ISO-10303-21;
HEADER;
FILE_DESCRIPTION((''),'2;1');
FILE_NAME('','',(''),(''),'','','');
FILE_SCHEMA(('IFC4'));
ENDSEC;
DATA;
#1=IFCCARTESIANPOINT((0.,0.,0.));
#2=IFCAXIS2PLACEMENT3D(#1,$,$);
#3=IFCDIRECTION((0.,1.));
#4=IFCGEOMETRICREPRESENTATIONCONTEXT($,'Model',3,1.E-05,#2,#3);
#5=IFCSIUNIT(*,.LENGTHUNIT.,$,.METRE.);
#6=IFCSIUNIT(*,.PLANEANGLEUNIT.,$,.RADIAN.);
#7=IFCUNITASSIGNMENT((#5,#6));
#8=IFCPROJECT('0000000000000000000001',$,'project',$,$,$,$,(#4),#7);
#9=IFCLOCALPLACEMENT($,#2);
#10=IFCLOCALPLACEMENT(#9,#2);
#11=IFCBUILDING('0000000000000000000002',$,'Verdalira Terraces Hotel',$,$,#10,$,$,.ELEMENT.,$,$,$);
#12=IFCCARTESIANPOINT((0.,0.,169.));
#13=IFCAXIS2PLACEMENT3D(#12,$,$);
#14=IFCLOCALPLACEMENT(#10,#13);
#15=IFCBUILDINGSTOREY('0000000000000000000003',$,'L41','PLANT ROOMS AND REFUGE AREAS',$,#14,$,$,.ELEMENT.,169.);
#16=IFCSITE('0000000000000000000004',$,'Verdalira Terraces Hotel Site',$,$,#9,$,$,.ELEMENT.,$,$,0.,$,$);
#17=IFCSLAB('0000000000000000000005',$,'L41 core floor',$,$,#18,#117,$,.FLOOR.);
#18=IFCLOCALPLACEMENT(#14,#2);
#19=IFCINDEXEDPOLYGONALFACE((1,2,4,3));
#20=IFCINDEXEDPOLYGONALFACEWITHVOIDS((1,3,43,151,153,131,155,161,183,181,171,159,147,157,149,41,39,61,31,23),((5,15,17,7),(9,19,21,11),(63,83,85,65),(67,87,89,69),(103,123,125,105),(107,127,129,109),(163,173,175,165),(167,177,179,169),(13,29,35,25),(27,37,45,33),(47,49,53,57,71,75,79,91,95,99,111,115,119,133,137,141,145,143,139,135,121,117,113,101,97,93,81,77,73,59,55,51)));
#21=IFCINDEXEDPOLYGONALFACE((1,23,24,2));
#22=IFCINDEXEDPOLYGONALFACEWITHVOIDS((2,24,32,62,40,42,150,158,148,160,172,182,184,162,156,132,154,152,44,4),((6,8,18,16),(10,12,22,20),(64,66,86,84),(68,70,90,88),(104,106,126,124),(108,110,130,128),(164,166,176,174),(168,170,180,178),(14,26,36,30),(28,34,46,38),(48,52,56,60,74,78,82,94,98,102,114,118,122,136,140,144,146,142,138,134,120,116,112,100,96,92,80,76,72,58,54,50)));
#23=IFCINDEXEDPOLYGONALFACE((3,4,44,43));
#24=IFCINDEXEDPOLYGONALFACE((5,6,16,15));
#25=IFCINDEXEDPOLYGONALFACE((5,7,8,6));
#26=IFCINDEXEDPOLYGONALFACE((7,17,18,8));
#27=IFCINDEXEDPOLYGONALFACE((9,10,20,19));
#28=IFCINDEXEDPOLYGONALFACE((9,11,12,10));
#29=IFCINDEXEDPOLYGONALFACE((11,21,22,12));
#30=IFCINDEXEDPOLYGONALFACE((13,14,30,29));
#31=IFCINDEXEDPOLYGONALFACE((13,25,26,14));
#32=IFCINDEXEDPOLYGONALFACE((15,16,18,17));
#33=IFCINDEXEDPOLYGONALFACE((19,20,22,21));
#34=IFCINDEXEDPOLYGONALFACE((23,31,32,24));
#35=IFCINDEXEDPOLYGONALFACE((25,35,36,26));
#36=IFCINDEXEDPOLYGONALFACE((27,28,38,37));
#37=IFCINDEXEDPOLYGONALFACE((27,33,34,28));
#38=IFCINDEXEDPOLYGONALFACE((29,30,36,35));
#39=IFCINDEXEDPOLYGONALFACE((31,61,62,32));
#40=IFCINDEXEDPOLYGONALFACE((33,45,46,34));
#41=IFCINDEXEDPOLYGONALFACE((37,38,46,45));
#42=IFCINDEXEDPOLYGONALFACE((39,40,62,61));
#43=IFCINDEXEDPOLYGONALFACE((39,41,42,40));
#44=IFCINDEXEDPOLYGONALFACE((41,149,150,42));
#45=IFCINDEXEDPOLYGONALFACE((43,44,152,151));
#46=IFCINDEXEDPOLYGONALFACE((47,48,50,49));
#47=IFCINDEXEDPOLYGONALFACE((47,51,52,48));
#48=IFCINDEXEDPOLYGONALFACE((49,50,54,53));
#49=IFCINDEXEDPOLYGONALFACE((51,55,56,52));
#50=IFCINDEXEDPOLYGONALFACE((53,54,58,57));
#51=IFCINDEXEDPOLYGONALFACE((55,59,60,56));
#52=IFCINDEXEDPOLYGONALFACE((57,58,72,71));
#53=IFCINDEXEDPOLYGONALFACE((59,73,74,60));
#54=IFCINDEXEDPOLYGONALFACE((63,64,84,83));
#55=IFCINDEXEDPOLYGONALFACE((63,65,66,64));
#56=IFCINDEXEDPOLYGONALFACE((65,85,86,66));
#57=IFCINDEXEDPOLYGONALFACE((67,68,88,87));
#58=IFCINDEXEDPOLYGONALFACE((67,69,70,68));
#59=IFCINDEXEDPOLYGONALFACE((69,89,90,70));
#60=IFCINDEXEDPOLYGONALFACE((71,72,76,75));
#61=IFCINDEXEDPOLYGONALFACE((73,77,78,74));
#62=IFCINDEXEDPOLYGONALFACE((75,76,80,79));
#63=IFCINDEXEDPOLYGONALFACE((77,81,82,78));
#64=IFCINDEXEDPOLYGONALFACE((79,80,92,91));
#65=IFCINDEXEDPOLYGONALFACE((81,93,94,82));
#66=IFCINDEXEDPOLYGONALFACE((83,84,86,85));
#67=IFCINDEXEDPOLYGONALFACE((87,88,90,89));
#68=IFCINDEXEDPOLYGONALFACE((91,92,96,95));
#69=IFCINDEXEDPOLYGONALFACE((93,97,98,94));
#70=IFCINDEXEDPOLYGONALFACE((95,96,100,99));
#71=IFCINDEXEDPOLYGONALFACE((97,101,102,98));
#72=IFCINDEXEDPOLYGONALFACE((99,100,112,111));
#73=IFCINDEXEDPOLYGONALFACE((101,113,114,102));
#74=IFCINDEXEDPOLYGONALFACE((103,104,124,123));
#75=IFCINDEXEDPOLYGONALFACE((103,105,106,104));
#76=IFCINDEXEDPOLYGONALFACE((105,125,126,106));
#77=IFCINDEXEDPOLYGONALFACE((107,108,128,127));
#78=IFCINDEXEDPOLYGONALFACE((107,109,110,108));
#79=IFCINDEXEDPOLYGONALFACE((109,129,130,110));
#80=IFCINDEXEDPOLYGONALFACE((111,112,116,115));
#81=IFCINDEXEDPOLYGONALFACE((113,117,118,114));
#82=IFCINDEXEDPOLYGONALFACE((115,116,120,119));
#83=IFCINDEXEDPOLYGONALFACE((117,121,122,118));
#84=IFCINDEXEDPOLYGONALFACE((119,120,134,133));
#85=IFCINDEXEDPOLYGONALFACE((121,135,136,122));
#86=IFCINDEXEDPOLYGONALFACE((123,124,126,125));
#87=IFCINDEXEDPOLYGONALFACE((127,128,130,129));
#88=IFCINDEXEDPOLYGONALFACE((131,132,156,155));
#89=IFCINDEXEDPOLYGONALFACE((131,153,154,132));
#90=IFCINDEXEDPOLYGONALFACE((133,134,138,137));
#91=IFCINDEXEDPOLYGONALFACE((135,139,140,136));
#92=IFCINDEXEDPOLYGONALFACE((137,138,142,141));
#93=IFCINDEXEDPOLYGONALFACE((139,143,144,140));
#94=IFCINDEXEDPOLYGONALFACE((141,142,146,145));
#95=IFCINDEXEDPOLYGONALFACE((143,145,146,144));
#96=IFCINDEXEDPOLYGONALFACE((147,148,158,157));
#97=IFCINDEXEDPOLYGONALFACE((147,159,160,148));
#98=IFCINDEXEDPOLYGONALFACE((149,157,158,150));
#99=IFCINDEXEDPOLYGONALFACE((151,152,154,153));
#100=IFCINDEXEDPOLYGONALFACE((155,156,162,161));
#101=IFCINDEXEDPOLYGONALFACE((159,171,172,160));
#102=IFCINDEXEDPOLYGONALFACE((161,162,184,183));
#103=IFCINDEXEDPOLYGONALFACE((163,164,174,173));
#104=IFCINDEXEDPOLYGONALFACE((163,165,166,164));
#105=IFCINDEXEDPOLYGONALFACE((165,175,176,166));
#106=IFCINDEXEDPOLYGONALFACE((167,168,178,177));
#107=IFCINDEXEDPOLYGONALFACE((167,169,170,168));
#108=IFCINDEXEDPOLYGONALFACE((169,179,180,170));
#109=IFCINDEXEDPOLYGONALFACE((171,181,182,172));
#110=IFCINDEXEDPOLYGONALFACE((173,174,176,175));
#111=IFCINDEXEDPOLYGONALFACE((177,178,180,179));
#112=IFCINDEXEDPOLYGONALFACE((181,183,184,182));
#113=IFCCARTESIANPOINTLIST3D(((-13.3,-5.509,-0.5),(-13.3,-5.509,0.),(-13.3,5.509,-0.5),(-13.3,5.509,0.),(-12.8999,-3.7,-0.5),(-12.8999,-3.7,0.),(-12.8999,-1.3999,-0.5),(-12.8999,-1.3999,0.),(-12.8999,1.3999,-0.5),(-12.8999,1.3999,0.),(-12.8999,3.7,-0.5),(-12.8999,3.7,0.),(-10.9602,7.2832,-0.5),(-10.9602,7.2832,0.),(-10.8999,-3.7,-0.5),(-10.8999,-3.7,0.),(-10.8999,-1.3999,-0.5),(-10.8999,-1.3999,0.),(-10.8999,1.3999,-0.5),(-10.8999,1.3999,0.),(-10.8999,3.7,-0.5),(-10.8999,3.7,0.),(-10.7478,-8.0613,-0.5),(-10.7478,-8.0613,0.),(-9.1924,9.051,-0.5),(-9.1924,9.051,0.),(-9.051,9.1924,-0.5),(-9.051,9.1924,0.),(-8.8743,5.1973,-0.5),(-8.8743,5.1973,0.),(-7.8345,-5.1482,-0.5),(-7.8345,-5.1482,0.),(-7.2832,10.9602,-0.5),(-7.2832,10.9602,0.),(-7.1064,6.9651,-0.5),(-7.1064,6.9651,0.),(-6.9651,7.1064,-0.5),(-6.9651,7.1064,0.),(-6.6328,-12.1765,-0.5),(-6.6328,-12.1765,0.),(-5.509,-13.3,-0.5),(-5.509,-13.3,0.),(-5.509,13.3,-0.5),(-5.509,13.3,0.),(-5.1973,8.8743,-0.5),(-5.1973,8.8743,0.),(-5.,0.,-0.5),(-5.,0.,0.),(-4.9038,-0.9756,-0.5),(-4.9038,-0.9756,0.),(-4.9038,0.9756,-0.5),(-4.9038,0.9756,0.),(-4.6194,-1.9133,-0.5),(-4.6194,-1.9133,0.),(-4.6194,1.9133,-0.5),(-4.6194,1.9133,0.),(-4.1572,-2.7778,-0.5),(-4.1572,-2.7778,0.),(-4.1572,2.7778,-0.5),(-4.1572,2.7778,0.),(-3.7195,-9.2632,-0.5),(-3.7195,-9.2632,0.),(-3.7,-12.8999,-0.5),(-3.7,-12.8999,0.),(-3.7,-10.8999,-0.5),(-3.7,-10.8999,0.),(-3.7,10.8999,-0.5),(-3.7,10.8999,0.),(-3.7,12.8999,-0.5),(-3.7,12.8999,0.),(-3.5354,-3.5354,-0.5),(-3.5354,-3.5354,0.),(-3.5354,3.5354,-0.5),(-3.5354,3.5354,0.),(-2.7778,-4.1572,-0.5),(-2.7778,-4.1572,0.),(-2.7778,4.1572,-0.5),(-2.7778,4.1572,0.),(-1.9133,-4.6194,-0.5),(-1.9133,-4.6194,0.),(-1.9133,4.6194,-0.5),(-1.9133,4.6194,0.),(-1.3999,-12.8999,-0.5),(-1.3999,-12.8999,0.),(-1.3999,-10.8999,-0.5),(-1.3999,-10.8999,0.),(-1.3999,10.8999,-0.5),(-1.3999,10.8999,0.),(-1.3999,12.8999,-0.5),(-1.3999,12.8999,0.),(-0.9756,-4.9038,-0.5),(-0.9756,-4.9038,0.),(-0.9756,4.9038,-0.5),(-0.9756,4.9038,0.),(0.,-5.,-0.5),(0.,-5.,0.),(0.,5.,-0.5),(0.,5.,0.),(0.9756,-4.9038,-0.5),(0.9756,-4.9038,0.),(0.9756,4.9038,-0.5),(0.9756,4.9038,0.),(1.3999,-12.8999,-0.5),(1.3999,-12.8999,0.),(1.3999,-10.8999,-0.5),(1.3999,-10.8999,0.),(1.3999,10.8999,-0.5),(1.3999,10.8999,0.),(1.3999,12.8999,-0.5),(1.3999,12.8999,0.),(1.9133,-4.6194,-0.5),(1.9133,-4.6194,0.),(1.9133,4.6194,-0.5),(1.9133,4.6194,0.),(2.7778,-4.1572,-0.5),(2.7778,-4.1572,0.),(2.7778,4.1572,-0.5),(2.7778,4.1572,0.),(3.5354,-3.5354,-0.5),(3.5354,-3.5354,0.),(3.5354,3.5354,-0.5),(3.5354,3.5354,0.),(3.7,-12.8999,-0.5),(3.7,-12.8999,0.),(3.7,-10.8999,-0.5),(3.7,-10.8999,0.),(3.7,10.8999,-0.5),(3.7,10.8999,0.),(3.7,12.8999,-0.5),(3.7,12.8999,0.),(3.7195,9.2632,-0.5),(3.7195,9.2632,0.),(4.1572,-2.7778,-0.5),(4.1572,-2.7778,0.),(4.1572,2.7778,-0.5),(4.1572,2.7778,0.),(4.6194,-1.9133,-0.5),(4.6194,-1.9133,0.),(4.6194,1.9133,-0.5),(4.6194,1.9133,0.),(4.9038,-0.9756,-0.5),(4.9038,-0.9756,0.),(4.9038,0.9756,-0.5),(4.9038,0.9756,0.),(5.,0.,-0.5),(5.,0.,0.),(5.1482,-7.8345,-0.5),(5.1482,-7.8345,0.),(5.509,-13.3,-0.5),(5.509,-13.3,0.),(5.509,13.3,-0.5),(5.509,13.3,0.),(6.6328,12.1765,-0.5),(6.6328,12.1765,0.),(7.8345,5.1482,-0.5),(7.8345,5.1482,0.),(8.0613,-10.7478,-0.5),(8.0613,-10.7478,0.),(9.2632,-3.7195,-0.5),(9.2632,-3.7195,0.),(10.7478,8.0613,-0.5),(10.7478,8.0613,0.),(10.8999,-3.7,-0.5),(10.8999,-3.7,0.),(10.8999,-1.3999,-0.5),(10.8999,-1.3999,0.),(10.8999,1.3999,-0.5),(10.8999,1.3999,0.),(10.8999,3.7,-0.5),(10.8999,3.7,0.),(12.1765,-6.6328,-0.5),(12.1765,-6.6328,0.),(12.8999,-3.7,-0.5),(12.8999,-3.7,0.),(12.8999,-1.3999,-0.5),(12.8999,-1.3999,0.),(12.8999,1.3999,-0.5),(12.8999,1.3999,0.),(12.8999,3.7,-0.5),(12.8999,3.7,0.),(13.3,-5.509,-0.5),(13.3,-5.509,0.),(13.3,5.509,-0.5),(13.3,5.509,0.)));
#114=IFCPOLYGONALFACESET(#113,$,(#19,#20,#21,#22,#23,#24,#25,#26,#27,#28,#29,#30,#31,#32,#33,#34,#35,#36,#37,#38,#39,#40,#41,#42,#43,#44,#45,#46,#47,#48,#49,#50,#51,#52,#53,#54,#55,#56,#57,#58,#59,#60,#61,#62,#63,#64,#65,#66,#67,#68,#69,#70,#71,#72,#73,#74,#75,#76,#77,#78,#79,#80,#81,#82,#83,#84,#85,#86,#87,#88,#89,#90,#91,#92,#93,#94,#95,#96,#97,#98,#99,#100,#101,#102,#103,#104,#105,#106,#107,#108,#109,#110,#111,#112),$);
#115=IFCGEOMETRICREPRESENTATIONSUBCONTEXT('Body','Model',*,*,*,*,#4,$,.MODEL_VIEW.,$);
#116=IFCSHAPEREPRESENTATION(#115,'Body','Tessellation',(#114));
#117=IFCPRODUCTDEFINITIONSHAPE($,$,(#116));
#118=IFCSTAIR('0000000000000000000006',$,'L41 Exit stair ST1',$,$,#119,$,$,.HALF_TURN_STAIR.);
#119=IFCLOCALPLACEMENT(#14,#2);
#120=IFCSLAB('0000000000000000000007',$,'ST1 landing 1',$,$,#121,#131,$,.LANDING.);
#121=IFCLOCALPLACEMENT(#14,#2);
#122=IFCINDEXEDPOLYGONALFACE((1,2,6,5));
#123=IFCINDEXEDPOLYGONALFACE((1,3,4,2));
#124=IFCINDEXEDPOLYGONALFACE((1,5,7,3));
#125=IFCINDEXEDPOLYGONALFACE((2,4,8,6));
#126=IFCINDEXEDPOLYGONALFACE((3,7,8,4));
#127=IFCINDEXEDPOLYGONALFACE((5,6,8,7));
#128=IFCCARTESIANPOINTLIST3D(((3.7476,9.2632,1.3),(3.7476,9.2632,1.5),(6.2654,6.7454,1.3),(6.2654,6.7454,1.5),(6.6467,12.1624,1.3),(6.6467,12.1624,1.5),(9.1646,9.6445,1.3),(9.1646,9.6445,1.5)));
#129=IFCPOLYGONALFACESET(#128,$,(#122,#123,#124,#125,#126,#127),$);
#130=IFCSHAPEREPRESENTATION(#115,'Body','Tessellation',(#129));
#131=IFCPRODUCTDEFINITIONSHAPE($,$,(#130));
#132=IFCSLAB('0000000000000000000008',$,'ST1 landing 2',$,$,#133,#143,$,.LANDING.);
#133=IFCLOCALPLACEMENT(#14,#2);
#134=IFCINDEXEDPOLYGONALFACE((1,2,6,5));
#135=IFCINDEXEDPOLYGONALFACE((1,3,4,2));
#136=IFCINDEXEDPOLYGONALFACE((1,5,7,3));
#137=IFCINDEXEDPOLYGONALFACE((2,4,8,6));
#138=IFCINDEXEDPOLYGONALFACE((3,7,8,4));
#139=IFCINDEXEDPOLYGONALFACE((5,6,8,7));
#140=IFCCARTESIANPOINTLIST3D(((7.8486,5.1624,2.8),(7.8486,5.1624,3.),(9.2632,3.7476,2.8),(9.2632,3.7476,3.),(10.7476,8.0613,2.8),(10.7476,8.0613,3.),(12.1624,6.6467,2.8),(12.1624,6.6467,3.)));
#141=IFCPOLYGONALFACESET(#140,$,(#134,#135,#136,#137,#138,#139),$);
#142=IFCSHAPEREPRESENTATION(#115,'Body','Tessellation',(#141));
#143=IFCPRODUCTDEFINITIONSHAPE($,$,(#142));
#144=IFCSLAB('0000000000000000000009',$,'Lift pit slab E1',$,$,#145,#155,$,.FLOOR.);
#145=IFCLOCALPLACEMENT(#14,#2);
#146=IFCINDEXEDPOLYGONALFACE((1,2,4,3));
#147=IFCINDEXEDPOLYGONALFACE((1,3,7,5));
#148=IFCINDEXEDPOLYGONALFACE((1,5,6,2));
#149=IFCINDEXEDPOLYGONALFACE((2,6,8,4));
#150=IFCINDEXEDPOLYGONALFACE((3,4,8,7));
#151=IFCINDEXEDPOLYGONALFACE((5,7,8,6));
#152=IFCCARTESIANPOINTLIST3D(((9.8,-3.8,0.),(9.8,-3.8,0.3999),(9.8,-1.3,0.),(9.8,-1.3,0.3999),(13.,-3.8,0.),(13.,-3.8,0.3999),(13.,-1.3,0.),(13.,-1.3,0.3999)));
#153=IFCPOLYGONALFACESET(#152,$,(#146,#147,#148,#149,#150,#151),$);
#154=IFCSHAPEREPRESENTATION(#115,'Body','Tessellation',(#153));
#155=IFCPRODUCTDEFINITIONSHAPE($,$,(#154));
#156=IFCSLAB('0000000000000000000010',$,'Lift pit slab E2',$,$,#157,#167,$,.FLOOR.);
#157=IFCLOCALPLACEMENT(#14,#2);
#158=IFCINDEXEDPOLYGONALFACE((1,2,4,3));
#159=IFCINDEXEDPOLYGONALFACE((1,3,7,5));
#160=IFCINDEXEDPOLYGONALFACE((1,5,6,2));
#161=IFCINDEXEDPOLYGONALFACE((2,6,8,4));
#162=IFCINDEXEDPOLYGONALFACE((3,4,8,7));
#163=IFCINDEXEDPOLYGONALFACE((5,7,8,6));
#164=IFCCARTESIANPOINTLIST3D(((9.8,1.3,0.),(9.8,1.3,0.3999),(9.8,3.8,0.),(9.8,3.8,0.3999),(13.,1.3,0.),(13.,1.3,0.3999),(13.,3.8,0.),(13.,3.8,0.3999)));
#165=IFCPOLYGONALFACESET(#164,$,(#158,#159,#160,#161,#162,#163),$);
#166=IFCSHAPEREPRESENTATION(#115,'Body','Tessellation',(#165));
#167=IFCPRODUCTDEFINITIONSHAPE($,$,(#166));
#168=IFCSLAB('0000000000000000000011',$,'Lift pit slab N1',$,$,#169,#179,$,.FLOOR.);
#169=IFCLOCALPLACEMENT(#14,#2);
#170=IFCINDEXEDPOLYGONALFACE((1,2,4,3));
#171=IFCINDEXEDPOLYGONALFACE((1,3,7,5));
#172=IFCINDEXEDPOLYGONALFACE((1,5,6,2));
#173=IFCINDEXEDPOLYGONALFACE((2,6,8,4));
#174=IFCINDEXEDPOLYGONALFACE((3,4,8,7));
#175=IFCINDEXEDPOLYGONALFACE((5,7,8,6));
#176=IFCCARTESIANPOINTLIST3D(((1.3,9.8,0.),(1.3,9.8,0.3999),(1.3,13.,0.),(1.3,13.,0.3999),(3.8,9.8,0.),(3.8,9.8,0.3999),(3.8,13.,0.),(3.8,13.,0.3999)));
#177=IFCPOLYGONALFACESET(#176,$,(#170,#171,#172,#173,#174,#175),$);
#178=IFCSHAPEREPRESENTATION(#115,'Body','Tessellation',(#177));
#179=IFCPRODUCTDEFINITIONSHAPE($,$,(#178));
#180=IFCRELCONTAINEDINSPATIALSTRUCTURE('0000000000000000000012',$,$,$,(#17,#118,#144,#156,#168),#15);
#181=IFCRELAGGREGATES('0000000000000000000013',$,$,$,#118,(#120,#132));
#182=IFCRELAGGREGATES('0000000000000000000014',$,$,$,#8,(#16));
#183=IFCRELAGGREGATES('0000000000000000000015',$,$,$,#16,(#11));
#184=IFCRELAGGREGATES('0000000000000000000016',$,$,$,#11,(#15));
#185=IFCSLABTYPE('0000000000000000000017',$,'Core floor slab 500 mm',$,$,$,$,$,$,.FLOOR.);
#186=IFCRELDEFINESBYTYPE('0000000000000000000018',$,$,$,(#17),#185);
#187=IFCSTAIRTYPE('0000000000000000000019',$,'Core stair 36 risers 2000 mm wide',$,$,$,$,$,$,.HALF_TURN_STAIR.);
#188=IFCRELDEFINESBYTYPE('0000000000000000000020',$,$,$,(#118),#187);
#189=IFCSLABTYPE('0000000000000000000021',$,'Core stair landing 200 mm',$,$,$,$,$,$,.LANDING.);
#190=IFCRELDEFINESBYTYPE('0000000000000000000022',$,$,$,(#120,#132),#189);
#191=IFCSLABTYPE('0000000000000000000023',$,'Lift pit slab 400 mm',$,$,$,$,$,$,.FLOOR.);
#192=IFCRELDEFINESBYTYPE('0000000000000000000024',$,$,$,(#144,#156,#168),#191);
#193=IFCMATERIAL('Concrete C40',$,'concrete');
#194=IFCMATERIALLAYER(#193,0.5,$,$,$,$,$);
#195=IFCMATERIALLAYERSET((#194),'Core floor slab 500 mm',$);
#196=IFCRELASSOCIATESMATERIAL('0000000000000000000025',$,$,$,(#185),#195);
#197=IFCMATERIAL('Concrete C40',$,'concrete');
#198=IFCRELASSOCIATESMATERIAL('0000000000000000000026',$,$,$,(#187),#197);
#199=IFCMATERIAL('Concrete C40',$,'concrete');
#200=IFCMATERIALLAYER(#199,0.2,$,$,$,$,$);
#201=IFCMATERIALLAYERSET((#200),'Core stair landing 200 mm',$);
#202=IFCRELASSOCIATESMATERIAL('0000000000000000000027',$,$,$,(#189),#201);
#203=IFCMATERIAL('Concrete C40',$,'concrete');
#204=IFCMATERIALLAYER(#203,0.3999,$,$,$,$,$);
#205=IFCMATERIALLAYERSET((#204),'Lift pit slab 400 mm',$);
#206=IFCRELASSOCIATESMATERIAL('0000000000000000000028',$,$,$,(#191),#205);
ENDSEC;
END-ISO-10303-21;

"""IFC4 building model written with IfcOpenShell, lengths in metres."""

from ifc_helpers import new_model, si_unit, direction, frame, origin, place, context, subcontext, project, spatial, polyline, outline, extrude, material, layer, layer_set, type_object, element, aggregate, save


model = new_model("IFC4")

# Units and contexts
model_context = context("Model", 3, precision=1e-05, world=origin(), true_north=direction((0.0, 1.0)))
body_context = subcontext(model_context, "Body", "Model", "MODEL_VIEW")
ifc_project = project(units=[si_unit("LENGTHUNIT", "METRE"), si_unit("PLANEANGLEUNIT", "RADIAN")], contexts=[model_context])

# Site, building, storey
site_placement = place(None, origin())
site = spatial("IfcSite", under=ifc_project, at=site_placement, Name="Verdalira Terraces Hotel Site", CompositionType="ELEMENT", RefElevation=0.0)
building_placement = place(site_placement, origin())
building = spatial("IfcBuilding", under=site, at=building_placement, Name="Verdalira Terraces Hotel", CompositionType="ELEMENT")
storey_placement = place(building_placement, frame((0.0, 0.0, 169.0)))
storey = spatial("IfcBuildingStorey", under=building, at=storey_placement, Name="L41", Description="PLANT ROOMS AND REFUGE AREAS", CompositionType="ELEMENT", Elevation=169.0)

# Slab
ifc_material_1 = material(Name="Concrete C40", Category="concrete")
ifc_layer_1 = layer(ifc_material_1, 0.5)
ifc_layer_set_1 = layer_set([ifc_layer_1], Name="Core floor slab 500 mm")
slab_type_1 = type_object("IfcSlabType", Name="Core floor slab 500 mm", PredefinedType="FLOOR", material=ifc_layer_set_1)
slab_1_placement = place(storey_placement, frame((0.0, 0.0, -0.5)))
element("IfcSlab", 1, at=slab_1_placement, inside=storey, type_object=slab_type_1, Name="L41 core floor", PredefinedType="FLOOR", context=body_context, shape_type="SweptSolid", body=[
    extrude(outline(polyline([(-5.509, 13.3), (5.509, 13.3), (6.6328, 12.1765), (3.7195, 9.2632), (7.8345, 5.1482), (10.7478, 8.0613), (13.3, 5.509), (13.3, -5.509), (12.1765, -6.6328), (9.2632, -3.7195), (5.1482, -7.8345), (8.0613, -10.7478), (5.509, -13.3), (-5.509, -13.3), (-6.6328, -12.1765), (-3.7195, -9.2632), (-7.8345, -5.1482), (-10.7478, -8.0613), (-13.3, -5.509), (-13.3, 5.509), (-5.509, 13.3)]), holes=[polyline([(12.8999, -3.7), (12.8999, -1.3999), (10.8999, -1.3999), (10.8999, -3.7), (12.8999, -3.7)]), polyline([(12.8999, 1.3999), (12.8999, 3.7), (10.8999, 3.7), (10.8999, 1.3999), (12.8999, 1.3999)]), polyline([(1.3999, 10.8999), (3.7, 10.8999), (3.7, 12.8999), (1.3999, 12.8999), (1.3999, 10.8999)]), polyline([(-3.7, 10.8999), (-1.3999, 10.8999), (-1.3999, 12.8999), (-3.7, 12.8999), (-3.7, 10.8999)]), polyline([(-12.8999, 3.7), (-12.8999, 1.3999), (-10.8999, 1.3999), (-10.8999, 3.7), (-12.8999, 3.7)]), polyline([(-12.8999, -1.3999), (-12.8999, -3.7), (-10.8999, -3.7), (-10.8999, -1.3999), (-12.8999, -1.3999)]), polyline([(-1.3999, -10.8999), (-3.7, -10.8999), (-3.7, -12.8999), (-1.3999, -12.8999), (-1.3999, -10.8999)]), polyline([(3.7, -10.8999), (1.3999, -10.8999), (1.3999, -12.8999), (3.7, -12.8999), (3.7, -10.8999)]), polyline([(-9.051, 9.1924), (-6.9651, 7.1064), (-5.1973, 8.8743), (-7.2832, 10.9602), (-9.051, 9.1924)]), polyline([(-9.1924, 9.051), (-10.9602, 7.2832), (-8.8743, 5.1973), (-7.1064, 6.9651), (-9.1924, 9.051)]), polyline([(3.5354, 3.5354), (2.7778, 4.1572), (1.9133, 4.6194), (0.9756, 4.9038), (0.0, 5.0), (-0.9756, 4.9038), (-1.9133, 4.6194), (-2.7778, 4.1572), (-3.5354, 3.5354), (-4.1572, 2.7778), (-4.6194, 1.9133), (-4.9038, 0.9756), (-5.0, 0.0), (-4.9038, -0.9756), (-4.6194, -1.9133), (-4.1572, -2.7778), (-3.5354, -3.5354), (-2.7778, -4.1572), (-1.9133, -4.6194), (-0.9756, -4.9038), (0.0, -5.0), (0.9756, -4.9038), (1.9133, -4.6194), (2.7778, -4.1572), (3.5354, -3.5354), (4.1572, -2.7778), (4.6194, -1.9133), (4.9038, -0.9756), (5.0, 0.0), (4.9038, 0.9756), (4.6194, 1.9133), (4.1572, 2.7778), (3.5354, 3.5354)])]), origin(), (0.0, 0.0, 1.0), 0.5),
])

# Stair, slabs
ifc_material_2 = material(Name="Concrete C40", Category="concrete")
stair_type = type_object("IfcStairType", Name="Core stair 36 risers 2000 mm wide", PredefinedType="HALF_TURN_STAIR", material=ifc_material_2)
stair_placement = place(storey_placement, origin())
stair = element("IfcStair", 2, at=stair_placement, inside=storey, type_object=stair_type, Name="L41 Exit stair ST1", PredefinedType="HALF_TURN_STAIR")
ifc_material_3 = material(Name="Concrete C40", Category="concrete")
ifc_layer_2 = layer(ifc_material_3, 0.2)
ifc_layer_set_2 = layer_set([ifc_layer_2], Name="Core stair landing 200 mm")
slab_type_2 = type_object("IfcSlabType", Name="Core stair landing 200 mm", PredefinedType="LANDING", material=ifc_layer_set_2)
slab_2_placement = place(storey_placement, frame((0.0, 0.0, 1.3)))
slab_2 = element("IfcSlab", 3, at=slab_2_placement, type_object=slab_type_2, Name="ST1 landing 1", PredefinedType="LANDING", context=body_context, shape_type="SweptSolid", body=[
    extrude(outline(polyline([(9.1646, 9.6445), (6.6467, 12.1624), (3.7476, 9.2632), (6.2654, 6.7454), (9.1646, 9.6445)])), origin(), (0.0, 0.0, 1.0), 0.2),
])
slab_3_placement = place(storey_placement, frame((0.0, 0.0, 2.8)))
slab_3 = element("IfcSlab", 4, at=slab_3_placement, type_object=slab_type_2, Name="ST1 landing 2", PredefinedType="LANDING", context=body_context, shape_type="SweptSolid", body=[
    extrude(outline(polyline([(12.1624, 6.6467), (10.7476, 8.0613), (7.8486, 5.1624), (9.2632, 3.7476), (12.1624, 6.6467)])), origin(), (0.0, 0.0, 1.0), 0.2),
])
aggregate(stair, [slab_2, slab_3])

# Slabs
ifc_material_4 = material(Name="Concrete C40", Category="concrete")
ifc_layer_3 = layer(ifc_material_4, 0.3999)
ifc_layer_set_3 = layer_set([ifc_layer_3], Name="Lift pit slab 400 mm")
slab_type_3 = type_object("IfcSlabType", Name="Lift pit slab 400 mm", PredefinedType="FLOOR", material=ifc_layer_set_3)
slab_4_placement = place(storey_placement, origin())
element("IfcSlab", 5, at=slab_4_placement, inside=storey, type_object=slab_type_3, Name="Lift pit slab E1", PredefinedType="FLOOR", context=body_context, shape_type="SweptSolid", body=[
    extrude(outline(polyline([(9.8, -1.3), (13.0, -1.3), (13.0, -3.8), (9.8, -3.8), (9.8, -1.3)])), origin(), (0.0, 0.0, 1.0), 0.3999),
])
slab_5_placement = place(storey_placement, origin())
element("IfcSlab", 6, at=slab_5_placement, inside=storey, type_object=slab_type_3, Name="Lift pit slab E2", PredefinedType="FLOOR", context=body_context, shape_type="SweptSolid", body=[
    extrude(outline(polyline([(9.8, 1.3), (9.8, 3.8), (13.0, 3.8), (13.0, 1.3), (9.8, 1.3)])), origin(), (0.0, 0.0, 1.0), 0.3999),
])
slab_6_placement = place(storey_placement, origin())
element("IfcSlab", 7, at=slab_6_placement, inside=storey, type_object=slab_type_3, Name="Lift pit slab N1", PredefinedType="FLOOR", context=body_context, shape_type="SweptSolid", body=[
    extrude(outline(polyline([(1.3, 9.8), (1.3, 13.0), (3.8, 13.0), (3.8, 9.8), (1.3, 9.8)])), origin(), (0.0, 0.0, 1.0), 0.3999),
])

save(model, "model.ifc")
